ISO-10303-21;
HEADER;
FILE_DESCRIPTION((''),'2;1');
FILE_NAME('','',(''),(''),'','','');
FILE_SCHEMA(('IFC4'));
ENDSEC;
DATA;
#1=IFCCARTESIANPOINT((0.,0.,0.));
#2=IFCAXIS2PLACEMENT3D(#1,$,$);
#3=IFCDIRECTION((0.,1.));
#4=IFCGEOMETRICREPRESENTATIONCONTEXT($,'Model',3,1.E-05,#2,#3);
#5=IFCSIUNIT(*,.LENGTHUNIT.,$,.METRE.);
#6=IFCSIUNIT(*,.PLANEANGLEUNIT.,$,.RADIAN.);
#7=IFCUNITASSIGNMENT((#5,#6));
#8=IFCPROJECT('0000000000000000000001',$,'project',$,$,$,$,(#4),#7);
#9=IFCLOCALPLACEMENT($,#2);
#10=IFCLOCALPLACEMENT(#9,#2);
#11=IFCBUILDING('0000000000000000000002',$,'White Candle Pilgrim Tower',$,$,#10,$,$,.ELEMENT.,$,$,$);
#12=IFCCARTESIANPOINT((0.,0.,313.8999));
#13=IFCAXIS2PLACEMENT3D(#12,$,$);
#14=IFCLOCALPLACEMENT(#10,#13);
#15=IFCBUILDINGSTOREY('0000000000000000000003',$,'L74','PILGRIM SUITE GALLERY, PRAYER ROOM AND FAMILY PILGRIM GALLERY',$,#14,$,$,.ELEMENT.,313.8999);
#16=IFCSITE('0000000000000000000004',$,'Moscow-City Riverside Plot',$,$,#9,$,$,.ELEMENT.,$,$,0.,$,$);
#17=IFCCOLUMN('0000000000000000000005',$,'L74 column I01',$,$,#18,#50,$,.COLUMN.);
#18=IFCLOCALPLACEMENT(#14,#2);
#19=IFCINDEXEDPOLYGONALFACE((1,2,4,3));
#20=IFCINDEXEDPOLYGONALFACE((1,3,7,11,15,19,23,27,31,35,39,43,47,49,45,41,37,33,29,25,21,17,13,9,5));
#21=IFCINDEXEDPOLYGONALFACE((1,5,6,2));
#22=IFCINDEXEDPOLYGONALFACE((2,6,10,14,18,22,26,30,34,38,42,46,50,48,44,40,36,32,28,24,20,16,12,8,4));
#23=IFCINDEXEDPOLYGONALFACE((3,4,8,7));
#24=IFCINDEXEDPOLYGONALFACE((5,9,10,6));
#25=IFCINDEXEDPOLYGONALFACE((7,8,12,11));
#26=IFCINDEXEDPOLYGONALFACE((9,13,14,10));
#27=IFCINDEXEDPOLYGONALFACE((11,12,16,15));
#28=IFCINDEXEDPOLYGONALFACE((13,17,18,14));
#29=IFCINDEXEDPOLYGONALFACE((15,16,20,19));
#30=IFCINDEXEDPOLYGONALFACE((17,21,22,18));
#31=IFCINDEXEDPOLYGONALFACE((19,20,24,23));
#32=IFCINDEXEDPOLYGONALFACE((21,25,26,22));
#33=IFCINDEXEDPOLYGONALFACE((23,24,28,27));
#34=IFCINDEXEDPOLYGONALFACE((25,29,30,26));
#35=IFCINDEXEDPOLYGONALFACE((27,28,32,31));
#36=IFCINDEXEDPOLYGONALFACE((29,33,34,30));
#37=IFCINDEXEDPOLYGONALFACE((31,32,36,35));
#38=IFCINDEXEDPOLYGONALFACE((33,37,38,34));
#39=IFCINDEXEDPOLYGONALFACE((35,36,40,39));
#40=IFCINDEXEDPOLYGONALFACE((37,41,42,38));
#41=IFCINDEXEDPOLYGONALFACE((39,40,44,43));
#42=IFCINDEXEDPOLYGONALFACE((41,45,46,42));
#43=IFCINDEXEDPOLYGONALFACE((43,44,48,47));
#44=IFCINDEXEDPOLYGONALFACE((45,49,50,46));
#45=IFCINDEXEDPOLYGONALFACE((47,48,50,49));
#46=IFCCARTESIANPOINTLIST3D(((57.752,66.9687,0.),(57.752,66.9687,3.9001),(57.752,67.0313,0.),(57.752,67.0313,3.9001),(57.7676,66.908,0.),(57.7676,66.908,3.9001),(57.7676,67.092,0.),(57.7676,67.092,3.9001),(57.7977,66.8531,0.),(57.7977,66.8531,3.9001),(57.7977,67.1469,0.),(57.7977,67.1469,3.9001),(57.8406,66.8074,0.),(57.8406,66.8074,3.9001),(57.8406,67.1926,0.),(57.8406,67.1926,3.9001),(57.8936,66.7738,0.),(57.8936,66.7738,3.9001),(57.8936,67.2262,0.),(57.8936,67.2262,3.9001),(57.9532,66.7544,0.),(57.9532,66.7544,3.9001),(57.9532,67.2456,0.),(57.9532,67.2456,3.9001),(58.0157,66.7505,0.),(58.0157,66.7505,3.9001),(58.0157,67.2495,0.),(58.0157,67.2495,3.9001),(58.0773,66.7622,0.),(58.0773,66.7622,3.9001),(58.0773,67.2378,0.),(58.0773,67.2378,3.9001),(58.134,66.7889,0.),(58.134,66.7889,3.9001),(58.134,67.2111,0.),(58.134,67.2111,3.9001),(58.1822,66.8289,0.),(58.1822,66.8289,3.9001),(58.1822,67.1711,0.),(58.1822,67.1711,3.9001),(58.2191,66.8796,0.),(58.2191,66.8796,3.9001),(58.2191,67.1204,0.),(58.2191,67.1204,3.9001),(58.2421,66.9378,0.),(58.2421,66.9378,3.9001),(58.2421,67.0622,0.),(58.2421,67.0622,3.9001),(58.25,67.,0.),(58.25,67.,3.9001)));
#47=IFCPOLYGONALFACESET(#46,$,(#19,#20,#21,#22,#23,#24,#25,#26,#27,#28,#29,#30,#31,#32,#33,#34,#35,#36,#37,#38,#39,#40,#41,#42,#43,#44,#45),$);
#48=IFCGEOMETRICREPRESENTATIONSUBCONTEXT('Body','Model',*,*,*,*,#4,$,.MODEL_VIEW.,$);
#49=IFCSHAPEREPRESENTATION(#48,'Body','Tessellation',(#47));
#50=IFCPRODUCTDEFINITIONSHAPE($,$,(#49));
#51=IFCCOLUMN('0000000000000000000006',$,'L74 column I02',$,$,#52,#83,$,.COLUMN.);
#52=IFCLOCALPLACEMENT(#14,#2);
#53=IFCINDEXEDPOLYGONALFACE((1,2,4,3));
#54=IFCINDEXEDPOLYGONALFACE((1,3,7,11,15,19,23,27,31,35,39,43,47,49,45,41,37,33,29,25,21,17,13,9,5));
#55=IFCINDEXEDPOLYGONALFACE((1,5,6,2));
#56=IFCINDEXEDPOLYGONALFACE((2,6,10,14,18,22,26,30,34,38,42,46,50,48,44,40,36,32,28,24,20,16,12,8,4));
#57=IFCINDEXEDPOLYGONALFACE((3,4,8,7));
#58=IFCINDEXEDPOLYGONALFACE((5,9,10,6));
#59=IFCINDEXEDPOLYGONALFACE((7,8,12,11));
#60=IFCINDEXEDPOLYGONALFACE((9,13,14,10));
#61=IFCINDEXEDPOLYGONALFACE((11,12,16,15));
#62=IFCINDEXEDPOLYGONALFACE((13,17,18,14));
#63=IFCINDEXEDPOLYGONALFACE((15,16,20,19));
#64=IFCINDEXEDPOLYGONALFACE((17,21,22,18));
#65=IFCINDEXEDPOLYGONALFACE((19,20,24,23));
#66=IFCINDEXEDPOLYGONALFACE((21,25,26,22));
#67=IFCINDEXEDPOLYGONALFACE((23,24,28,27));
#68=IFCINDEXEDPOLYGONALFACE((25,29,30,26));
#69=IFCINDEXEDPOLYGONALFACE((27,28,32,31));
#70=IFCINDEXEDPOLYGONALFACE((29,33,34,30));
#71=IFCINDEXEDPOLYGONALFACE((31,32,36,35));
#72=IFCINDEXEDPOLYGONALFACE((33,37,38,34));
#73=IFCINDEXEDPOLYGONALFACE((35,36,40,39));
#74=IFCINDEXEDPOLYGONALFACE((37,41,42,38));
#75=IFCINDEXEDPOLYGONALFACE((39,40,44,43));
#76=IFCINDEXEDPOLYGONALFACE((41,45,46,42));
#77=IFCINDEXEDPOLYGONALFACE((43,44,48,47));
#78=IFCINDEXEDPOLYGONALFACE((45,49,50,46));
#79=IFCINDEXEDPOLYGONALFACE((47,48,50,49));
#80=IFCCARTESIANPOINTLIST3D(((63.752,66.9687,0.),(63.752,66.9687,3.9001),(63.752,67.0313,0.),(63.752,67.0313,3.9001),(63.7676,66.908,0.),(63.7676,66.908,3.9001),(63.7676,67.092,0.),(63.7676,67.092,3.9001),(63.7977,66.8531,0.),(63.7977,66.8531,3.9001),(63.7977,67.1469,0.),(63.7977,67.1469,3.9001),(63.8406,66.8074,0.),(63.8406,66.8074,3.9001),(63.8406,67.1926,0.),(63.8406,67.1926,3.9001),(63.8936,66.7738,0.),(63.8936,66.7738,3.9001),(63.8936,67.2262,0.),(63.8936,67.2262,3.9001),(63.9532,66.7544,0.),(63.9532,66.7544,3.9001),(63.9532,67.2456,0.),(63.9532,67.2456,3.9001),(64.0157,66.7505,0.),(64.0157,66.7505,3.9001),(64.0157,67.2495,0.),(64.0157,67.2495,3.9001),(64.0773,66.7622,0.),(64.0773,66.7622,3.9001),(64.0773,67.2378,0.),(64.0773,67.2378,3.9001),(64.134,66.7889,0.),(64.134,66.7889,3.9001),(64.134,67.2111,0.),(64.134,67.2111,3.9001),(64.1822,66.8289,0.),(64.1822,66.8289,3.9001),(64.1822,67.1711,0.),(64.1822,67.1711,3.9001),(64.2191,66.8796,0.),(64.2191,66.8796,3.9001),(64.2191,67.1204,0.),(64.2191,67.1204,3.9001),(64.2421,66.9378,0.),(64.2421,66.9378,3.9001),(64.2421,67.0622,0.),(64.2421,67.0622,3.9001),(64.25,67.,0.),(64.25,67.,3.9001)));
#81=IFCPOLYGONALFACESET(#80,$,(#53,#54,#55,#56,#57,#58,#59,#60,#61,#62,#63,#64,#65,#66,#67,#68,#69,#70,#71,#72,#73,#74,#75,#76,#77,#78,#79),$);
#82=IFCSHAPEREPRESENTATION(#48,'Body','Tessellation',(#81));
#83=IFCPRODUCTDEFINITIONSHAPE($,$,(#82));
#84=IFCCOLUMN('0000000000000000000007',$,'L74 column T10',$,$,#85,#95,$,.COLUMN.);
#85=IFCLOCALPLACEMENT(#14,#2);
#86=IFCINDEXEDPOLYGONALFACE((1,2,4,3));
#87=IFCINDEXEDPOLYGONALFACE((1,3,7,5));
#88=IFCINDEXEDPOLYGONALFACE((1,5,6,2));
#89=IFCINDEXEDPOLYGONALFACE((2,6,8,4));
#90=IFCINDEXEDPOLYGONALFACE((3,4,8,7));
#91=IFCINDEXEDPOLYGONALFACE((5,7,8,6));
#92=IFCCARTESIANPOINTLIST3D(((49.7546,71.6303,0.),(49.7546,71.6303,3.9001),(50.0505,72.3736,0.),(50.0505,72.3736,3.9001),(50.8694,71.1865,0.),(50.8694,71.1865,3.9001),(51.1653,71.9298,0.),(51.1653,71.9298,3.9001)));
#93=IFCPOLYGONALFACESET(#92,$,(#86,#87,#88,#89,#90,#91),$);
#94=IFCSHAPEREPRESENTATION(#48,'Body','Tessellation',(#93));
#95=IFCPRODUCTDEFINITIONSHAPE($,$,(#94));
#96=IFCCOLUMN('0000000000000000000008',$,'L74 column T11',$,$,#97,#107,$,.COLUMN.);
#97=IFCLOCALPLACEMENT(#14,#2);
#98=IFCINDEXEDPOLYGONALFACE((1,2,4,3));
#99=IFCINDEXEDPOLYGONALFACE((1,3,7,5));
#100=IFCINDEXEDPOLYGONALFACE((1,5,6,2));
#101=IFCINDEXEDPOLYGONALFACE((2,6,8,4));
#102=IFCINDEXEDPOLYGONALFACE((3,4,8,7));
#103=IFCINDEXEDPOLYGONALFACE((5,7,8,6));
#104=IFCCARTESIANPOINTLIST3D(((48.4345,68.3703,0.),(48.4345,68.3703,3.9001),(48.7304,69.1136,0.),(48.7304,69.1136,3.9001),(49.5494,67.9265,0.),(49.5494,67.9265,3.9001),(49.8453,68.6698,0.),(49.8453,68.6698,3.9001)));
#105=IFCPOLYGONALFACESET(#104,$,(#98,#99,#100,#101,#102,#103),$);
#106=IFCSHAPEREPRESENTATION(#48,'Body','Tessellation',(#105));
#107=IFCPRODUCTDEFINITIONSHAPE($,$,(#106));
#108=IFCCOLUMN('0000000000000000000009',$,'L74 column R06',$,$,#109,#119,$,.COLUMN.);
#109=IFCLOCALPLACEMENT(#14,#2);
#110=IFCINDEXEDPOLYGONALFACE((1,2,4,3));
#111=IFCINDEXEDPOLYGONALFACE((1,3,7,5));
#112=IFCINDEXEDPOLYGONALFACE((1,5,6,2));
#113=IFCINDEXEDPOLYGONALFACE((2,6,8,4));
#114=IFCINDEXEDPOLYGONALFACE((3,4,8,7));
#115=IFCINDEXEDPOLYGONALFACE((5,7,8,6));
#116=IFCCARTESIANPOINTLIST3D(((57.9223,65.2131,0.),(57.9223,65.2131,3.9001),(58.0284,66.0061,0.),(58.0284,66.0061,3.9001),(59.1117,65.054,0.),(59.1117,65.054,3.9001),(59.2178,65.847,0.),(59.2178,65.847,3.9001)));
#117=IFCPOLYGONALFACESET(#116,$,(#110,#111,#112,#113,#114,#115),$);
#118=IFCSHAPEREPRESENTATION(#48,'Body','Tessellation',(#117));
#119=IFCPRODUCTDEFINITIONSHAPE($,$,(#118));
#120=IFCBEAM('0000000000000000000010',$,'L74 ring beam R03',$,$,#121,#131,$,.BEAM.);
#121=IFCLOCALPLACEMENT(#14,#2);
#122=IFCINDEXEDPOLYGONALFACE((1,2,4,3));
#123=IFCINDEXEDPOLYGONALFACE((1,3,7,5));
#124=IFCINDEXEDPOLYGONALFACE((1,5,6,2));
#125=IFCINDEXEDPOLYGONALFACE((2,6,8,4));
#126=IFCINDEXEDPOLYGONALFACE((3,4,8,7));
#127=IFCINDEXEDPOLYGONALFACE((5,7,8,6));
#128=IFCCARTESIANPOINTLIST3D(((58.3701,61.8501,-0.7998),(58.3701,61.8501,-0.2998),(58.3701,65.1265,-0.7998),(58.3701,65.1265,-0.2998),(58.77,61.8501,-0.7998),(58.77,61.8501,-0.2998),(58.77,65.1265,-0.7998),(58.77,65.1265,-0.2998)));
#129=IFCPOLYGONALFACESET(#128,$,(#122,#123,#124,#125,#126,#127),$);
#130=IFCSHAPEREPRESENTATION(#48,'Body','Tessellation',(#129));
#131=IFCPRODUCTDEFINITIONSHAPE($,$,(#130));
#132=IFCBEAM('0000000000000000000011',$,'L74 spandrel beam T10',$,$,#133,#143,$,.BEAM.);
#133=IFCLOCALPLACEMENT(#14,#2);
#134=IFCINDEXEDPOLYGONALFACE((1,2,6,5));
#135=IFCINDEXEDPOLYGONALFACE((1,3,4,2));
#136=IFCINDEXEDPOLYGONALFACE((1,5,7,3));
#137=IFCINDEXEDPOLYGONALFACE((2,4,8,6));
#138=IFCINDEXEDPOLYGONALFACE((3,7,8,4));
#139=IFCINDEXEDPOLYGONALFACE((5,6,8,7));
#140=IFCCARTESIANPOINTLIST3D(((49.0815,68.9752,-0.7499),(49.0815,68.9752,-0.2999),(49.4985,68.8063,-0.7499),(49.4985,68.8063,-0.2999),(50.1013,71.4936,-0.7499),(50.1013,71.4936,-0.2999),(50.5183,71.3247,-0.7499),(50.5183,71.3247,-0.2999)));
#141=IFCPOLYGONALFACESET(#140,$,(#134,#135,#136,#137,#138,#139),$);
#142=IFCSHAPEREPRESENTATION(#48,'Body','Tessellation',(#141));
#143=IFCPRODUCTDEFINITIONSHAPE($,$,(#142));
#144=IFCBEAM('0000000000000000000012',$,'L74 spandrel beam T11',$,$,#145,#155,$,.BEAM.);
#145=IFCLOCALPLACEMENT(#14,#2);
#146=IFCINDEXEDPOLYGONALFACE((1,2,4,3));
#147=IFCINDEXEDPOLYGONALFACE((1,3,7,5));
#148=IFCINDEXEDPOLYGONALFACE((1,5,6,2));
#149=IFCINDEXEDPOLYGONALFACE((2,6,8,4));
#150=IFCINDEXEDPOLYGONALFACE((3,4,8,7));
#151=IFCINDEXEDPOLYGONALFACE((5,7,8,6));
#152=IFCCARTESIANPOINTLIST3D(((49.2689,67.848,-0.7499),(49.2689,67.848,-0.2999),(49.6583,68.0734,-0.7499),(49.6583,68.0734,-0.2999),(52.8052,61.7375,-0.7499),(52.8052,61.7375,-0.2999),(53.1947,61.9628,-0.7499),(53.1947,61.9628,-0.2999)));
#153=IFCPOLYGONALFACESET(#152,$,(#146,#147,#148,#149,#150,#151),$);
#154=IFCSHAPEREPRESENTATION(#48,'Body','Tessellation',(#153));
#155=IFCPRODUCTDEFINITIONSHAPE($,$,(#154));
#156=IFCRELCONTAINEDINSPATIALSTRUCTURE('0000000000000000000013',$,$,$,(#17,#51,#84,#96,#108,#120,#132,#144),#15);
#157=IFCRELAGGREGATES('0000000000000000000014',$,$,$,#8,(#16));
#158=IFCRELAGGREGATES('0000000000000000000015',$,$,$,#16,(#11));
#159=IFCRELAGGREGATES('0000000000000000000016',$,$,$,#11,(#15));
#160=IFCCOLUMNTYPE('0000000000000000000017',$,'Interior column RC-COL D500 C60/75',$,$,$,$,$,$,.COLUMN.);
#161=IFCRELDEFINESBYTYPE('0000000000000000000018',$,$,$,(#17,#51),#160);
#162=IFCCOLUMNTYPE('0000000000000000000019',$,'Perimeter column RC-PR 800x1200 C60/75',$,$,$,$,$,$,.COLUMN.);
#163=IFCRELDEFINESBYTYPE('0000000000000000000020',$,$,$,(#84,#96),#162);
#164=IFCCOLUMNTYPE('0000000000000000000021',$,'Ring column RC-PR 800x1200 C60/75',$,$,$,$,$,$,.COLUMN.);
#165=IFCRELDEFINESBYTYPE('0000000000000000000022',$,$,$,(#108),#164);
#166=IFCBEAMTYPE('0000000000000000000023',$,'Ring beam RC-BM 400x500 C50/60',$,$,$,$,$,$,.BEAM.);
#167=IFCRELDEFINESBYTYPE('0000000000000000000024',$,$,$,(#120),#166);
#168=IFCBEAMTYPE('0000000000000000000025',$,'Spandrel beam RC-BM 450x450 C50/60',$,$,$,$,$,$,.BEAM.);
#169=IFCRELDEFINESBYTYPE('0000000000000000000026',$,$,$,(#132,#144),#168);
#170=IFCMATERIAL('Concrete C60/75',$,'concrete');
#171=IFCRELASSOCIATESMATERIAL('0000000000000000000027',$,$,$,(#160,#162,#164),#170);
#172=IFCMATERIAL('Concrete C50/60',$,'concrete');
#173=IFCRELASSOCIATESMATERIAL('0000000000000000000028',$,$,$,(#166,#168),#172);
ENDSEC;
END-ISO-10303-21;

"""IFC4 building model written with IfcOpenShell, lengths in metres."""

from ifc_helpers import new_model, si_unit, direction, frame, origin, origin_2d, place, context, subcontext, project, spatial, rectangle, circle, extrude, material, material_profile, profile_set, type_object, element, save


model = new_model("IFC4")

# Units and contexts
model_context = context("Model", 3, precision=1e-05, world=origin(), true_north=direction((0.0, 1.0)))
body_context = subcontext(model_context, "Body", "Model", "MODEL_VIEW")
ifc_project = project(units=[si_unit("LENGTHUNIT", "METRE"), si_unit("PLANEANGLEUNIT", "RADIAN")], contexts=[model_context])

# Site, building, storey
site_placement = place(None, origin())
site = spatial("IfcSite", under=ifc_project, at=site_placement, Name="Moscow-City Riverside Plot", CompositionType="ELEMENT", RefElevation=0.0)
building_placement = place(site_placement, origin())
building = spatial("IfcBuilding", under=site, at=building_placement, Name="White Candle Pilgrim Tower", CompositionType="ELEMENT")
storey_placement = place(building_placement, frame((0.0, 0.0, 313.8999)))
storey = spatial("IfcBuildingStorey", under=building, at=storey_placement, Name="L74", Description="PILGRIM SUITE GALLERY, PRAYER ROOM AND FAMILY PILGRIM GALLERY", CompositionType="ELEMENT", Elevation=313.8999)

# Columns
ifc_material_1 = material(Name="Concrete C60/75", Category="concrete")
ifc_material_profile_1 = material_profile(ifc_material_1, circle(Radius=0.25, at=origin_2d()), Name="RC-COL D500")
ifc_profile_set_1 = profile_set([ifc_material_profile_1], Name="Concrete C60/75")
column_type_1 = type_object("IfcColumnType", Name="Interior column RC-COL D500 C60/75", PredefinedType="COLUMN", material=ifc_profile_set_1)
for number, where, z_axis, x_axis, name in (
    (1, (58.0, 67.0, 0.0), (0.0, 0.0, 1.0), (1.0, 0.0, 0.0), "L74 column I01"),
    (2, (64.0, 67.0, 0.0), (0.0, 0.0, 1.0), (1.0, 0.0, 0.0), "L74 column I02"),
):
    element("IfcColumn", number, at=place(storey_placement, frame(where, z_axis=z_axis, x_axis=x_axis)), inside=storey, type_object=column_type_1, Name=name, PredefinedType="COLUMN", context=body_context, shape_type="SweptSolid", body=[
        extrude(circle(Radius=0.25, at=origin_2d()), origin(), (0.0, 0.0, 1.0), 3.9001),
    ])
ifc_material_profile_2 = material_profile(ifc_material_1, rectangle(XDim=0.8, YDim=1.2, at=origin_2d()), Name="RC-PR 800x1200")
ifc_profile_set_2 = profile_set([ifc_material_profile_2], Name="Concrete C60/75")
column_type_2 = type_object("IfcColumnType", Name="Perimeter column RC-PR 800x1200 C60/75", PredefinedType="COLUMN", material=ifc_profile_set_2)
for number, where, z_axis, x_axis, name in (
    (3, (50.46, 71.78, 0.0), (0.0, 0.0, 1.0), (0.36986, 0.929087, 0.0), "L74 column T10"),
    (4, (49.1399, 68.52, 0.0), (0.0, 0.0, 1.0), (0.36986, 0.929087, 0.0), "L74 column T11"),
):
    element("IfcColumn", number, at=place(storey_placement, frame(where, z_axis=z_axis, x_axis=x_axis)), inside=storey, type_object=column_type_2, Name=name, PredefinedType="COLUMN", context=body_context, shape_type="SweptSolid", body=[
        extrude(rectangle(XDim=0.8, YDim=1.2, at=origin_2d()), origin(), (0.0, 0.0, 1.0), 3.9001),
    ])
ifc_material_profile_3 = material_profile(ifc_material_1, rectangle(XDim=0.8, YDim=1.2, at=origin_2d()), Name="RC-PR 800x1200")
ifc_profile_set_3 = profile_set([ifc_material_profile_3], Name="Concrete C60/75")
column_type_3 = type_object("IfcColumnType", Name="Ring column RC-PR 800x1200 C60/75", PredefinedType="COLUMN", material=ifc_profile_set_3)
column_placement = place(storey_placement, frame((58.5701, 65.53, 0.0), z_axis=(0.0, 0.0, 1.0), x_axis=(0.132602, 0.991169, 0.0)))
element("IfcColumn", 5, at=column_placement, inside=storey, type_object=column_type_3, Name="L74 column R06", PredefinedType="COLUMN", context=body_context, shape_type="SweptSolid", body=[
    extrude(rectangle(XDim=0.8, YDim=1.2, at=origin_2d()), origin(), (0.0, 0.0, 1.0), 3.9001),
])

# Beams
ifc_material_2 = material(Name="Concrete C50/60", Category="concrete")
ifc_material_profile_4 = material_profile(ifc_material_2, rectangle(XDim=0.3999, YDim=0.5, at=origin_2d()), Name="RC-BM 400x500")
ifc_profile_set_4 = profile_set([ifc_material_profile_4], Name="Concrete C50/60")
beam_type_1 = type_object("IfcBeamType", Name="Ring beam RC-BM 400x500 C50/60", PredefinedType="BEAM", material=ifc_profile_set_4)
beam_1_placement = place(storey_placement, frame((58.5701, 65.1265, -0.5498), z_axis=(0.0, -1.0, 0.0), x_axis=(1.0, 0.0, 0.0)))
element("IfcBeam", 6, at=beam_1_placement, inside=storey, type_object=beam_type_1, Name="L74 ring beam R03", PredefinedType="BEAM", context=body_context, shape_type="SweptSolid", body=[
    extrude(rectangle(XDim=0.3999, YDim=0.5, at=origin_2d()), origin(), (0.0, 0.0, 1.0), 3.2764),
])
ifc_material_profile_5 = material_profile(ifc_material_2, rectangle(XDim=0.45, YDim=0.45, at=origin_2d()), Name="RC-BM 450x450")
ifc_profile_set_5 = profile_set([ifc_material_profile_5], Name="Concrete C50/60")
beam_type_2 = type_object("IfcBeamType", Name="Spandrel beam RC-BM 450x450 C50/60", PredefinedType="BEAM", material=ifc_profile_set_5)
beam_2_placement = place(storey_placement, frame((50.3098, 71.4092, -0.5249), z_axis=(-0.375338, -0.926888, 0.0), x_axis=(0.926888, -0.375338, 0.0)))
element("IfcBeam", 7, at=beam_2_placement, inside=storey, type_object=beam_type_2, Name="L74 spandrel beam T10", PredefinedType="BEAM", context=body_context, shape_type="SweptSolid", body=[
    extrude(rectangle(XDim=0.45, YDim=0.45, at=origin_2d()), origin(), (0.0, 0.0, 1.0), 2.717),
])
beam_3_placement = place(storey_placement, frame((49.4636, 67.9607, -0.5249), z_axis=(0.500894, -0.865508, 0.0), x_axis=(0.865508, 0.500894, 0.0)))
element("IfcBeam", 8, at=beam_3_placement, inside=storey, type_object=beam_type_2, Name="L74 spandrel beam T11", PredefinedType="BEAM", context=body_context, shape_type="SweptSolid", body=[
    extrude(rectangle(XDim=0.45, YDim=0.45, at=origin_2d()), origin(), (0.0, 0.0, 1.0), 7.0601),
])

save(model, "model.ifc")
